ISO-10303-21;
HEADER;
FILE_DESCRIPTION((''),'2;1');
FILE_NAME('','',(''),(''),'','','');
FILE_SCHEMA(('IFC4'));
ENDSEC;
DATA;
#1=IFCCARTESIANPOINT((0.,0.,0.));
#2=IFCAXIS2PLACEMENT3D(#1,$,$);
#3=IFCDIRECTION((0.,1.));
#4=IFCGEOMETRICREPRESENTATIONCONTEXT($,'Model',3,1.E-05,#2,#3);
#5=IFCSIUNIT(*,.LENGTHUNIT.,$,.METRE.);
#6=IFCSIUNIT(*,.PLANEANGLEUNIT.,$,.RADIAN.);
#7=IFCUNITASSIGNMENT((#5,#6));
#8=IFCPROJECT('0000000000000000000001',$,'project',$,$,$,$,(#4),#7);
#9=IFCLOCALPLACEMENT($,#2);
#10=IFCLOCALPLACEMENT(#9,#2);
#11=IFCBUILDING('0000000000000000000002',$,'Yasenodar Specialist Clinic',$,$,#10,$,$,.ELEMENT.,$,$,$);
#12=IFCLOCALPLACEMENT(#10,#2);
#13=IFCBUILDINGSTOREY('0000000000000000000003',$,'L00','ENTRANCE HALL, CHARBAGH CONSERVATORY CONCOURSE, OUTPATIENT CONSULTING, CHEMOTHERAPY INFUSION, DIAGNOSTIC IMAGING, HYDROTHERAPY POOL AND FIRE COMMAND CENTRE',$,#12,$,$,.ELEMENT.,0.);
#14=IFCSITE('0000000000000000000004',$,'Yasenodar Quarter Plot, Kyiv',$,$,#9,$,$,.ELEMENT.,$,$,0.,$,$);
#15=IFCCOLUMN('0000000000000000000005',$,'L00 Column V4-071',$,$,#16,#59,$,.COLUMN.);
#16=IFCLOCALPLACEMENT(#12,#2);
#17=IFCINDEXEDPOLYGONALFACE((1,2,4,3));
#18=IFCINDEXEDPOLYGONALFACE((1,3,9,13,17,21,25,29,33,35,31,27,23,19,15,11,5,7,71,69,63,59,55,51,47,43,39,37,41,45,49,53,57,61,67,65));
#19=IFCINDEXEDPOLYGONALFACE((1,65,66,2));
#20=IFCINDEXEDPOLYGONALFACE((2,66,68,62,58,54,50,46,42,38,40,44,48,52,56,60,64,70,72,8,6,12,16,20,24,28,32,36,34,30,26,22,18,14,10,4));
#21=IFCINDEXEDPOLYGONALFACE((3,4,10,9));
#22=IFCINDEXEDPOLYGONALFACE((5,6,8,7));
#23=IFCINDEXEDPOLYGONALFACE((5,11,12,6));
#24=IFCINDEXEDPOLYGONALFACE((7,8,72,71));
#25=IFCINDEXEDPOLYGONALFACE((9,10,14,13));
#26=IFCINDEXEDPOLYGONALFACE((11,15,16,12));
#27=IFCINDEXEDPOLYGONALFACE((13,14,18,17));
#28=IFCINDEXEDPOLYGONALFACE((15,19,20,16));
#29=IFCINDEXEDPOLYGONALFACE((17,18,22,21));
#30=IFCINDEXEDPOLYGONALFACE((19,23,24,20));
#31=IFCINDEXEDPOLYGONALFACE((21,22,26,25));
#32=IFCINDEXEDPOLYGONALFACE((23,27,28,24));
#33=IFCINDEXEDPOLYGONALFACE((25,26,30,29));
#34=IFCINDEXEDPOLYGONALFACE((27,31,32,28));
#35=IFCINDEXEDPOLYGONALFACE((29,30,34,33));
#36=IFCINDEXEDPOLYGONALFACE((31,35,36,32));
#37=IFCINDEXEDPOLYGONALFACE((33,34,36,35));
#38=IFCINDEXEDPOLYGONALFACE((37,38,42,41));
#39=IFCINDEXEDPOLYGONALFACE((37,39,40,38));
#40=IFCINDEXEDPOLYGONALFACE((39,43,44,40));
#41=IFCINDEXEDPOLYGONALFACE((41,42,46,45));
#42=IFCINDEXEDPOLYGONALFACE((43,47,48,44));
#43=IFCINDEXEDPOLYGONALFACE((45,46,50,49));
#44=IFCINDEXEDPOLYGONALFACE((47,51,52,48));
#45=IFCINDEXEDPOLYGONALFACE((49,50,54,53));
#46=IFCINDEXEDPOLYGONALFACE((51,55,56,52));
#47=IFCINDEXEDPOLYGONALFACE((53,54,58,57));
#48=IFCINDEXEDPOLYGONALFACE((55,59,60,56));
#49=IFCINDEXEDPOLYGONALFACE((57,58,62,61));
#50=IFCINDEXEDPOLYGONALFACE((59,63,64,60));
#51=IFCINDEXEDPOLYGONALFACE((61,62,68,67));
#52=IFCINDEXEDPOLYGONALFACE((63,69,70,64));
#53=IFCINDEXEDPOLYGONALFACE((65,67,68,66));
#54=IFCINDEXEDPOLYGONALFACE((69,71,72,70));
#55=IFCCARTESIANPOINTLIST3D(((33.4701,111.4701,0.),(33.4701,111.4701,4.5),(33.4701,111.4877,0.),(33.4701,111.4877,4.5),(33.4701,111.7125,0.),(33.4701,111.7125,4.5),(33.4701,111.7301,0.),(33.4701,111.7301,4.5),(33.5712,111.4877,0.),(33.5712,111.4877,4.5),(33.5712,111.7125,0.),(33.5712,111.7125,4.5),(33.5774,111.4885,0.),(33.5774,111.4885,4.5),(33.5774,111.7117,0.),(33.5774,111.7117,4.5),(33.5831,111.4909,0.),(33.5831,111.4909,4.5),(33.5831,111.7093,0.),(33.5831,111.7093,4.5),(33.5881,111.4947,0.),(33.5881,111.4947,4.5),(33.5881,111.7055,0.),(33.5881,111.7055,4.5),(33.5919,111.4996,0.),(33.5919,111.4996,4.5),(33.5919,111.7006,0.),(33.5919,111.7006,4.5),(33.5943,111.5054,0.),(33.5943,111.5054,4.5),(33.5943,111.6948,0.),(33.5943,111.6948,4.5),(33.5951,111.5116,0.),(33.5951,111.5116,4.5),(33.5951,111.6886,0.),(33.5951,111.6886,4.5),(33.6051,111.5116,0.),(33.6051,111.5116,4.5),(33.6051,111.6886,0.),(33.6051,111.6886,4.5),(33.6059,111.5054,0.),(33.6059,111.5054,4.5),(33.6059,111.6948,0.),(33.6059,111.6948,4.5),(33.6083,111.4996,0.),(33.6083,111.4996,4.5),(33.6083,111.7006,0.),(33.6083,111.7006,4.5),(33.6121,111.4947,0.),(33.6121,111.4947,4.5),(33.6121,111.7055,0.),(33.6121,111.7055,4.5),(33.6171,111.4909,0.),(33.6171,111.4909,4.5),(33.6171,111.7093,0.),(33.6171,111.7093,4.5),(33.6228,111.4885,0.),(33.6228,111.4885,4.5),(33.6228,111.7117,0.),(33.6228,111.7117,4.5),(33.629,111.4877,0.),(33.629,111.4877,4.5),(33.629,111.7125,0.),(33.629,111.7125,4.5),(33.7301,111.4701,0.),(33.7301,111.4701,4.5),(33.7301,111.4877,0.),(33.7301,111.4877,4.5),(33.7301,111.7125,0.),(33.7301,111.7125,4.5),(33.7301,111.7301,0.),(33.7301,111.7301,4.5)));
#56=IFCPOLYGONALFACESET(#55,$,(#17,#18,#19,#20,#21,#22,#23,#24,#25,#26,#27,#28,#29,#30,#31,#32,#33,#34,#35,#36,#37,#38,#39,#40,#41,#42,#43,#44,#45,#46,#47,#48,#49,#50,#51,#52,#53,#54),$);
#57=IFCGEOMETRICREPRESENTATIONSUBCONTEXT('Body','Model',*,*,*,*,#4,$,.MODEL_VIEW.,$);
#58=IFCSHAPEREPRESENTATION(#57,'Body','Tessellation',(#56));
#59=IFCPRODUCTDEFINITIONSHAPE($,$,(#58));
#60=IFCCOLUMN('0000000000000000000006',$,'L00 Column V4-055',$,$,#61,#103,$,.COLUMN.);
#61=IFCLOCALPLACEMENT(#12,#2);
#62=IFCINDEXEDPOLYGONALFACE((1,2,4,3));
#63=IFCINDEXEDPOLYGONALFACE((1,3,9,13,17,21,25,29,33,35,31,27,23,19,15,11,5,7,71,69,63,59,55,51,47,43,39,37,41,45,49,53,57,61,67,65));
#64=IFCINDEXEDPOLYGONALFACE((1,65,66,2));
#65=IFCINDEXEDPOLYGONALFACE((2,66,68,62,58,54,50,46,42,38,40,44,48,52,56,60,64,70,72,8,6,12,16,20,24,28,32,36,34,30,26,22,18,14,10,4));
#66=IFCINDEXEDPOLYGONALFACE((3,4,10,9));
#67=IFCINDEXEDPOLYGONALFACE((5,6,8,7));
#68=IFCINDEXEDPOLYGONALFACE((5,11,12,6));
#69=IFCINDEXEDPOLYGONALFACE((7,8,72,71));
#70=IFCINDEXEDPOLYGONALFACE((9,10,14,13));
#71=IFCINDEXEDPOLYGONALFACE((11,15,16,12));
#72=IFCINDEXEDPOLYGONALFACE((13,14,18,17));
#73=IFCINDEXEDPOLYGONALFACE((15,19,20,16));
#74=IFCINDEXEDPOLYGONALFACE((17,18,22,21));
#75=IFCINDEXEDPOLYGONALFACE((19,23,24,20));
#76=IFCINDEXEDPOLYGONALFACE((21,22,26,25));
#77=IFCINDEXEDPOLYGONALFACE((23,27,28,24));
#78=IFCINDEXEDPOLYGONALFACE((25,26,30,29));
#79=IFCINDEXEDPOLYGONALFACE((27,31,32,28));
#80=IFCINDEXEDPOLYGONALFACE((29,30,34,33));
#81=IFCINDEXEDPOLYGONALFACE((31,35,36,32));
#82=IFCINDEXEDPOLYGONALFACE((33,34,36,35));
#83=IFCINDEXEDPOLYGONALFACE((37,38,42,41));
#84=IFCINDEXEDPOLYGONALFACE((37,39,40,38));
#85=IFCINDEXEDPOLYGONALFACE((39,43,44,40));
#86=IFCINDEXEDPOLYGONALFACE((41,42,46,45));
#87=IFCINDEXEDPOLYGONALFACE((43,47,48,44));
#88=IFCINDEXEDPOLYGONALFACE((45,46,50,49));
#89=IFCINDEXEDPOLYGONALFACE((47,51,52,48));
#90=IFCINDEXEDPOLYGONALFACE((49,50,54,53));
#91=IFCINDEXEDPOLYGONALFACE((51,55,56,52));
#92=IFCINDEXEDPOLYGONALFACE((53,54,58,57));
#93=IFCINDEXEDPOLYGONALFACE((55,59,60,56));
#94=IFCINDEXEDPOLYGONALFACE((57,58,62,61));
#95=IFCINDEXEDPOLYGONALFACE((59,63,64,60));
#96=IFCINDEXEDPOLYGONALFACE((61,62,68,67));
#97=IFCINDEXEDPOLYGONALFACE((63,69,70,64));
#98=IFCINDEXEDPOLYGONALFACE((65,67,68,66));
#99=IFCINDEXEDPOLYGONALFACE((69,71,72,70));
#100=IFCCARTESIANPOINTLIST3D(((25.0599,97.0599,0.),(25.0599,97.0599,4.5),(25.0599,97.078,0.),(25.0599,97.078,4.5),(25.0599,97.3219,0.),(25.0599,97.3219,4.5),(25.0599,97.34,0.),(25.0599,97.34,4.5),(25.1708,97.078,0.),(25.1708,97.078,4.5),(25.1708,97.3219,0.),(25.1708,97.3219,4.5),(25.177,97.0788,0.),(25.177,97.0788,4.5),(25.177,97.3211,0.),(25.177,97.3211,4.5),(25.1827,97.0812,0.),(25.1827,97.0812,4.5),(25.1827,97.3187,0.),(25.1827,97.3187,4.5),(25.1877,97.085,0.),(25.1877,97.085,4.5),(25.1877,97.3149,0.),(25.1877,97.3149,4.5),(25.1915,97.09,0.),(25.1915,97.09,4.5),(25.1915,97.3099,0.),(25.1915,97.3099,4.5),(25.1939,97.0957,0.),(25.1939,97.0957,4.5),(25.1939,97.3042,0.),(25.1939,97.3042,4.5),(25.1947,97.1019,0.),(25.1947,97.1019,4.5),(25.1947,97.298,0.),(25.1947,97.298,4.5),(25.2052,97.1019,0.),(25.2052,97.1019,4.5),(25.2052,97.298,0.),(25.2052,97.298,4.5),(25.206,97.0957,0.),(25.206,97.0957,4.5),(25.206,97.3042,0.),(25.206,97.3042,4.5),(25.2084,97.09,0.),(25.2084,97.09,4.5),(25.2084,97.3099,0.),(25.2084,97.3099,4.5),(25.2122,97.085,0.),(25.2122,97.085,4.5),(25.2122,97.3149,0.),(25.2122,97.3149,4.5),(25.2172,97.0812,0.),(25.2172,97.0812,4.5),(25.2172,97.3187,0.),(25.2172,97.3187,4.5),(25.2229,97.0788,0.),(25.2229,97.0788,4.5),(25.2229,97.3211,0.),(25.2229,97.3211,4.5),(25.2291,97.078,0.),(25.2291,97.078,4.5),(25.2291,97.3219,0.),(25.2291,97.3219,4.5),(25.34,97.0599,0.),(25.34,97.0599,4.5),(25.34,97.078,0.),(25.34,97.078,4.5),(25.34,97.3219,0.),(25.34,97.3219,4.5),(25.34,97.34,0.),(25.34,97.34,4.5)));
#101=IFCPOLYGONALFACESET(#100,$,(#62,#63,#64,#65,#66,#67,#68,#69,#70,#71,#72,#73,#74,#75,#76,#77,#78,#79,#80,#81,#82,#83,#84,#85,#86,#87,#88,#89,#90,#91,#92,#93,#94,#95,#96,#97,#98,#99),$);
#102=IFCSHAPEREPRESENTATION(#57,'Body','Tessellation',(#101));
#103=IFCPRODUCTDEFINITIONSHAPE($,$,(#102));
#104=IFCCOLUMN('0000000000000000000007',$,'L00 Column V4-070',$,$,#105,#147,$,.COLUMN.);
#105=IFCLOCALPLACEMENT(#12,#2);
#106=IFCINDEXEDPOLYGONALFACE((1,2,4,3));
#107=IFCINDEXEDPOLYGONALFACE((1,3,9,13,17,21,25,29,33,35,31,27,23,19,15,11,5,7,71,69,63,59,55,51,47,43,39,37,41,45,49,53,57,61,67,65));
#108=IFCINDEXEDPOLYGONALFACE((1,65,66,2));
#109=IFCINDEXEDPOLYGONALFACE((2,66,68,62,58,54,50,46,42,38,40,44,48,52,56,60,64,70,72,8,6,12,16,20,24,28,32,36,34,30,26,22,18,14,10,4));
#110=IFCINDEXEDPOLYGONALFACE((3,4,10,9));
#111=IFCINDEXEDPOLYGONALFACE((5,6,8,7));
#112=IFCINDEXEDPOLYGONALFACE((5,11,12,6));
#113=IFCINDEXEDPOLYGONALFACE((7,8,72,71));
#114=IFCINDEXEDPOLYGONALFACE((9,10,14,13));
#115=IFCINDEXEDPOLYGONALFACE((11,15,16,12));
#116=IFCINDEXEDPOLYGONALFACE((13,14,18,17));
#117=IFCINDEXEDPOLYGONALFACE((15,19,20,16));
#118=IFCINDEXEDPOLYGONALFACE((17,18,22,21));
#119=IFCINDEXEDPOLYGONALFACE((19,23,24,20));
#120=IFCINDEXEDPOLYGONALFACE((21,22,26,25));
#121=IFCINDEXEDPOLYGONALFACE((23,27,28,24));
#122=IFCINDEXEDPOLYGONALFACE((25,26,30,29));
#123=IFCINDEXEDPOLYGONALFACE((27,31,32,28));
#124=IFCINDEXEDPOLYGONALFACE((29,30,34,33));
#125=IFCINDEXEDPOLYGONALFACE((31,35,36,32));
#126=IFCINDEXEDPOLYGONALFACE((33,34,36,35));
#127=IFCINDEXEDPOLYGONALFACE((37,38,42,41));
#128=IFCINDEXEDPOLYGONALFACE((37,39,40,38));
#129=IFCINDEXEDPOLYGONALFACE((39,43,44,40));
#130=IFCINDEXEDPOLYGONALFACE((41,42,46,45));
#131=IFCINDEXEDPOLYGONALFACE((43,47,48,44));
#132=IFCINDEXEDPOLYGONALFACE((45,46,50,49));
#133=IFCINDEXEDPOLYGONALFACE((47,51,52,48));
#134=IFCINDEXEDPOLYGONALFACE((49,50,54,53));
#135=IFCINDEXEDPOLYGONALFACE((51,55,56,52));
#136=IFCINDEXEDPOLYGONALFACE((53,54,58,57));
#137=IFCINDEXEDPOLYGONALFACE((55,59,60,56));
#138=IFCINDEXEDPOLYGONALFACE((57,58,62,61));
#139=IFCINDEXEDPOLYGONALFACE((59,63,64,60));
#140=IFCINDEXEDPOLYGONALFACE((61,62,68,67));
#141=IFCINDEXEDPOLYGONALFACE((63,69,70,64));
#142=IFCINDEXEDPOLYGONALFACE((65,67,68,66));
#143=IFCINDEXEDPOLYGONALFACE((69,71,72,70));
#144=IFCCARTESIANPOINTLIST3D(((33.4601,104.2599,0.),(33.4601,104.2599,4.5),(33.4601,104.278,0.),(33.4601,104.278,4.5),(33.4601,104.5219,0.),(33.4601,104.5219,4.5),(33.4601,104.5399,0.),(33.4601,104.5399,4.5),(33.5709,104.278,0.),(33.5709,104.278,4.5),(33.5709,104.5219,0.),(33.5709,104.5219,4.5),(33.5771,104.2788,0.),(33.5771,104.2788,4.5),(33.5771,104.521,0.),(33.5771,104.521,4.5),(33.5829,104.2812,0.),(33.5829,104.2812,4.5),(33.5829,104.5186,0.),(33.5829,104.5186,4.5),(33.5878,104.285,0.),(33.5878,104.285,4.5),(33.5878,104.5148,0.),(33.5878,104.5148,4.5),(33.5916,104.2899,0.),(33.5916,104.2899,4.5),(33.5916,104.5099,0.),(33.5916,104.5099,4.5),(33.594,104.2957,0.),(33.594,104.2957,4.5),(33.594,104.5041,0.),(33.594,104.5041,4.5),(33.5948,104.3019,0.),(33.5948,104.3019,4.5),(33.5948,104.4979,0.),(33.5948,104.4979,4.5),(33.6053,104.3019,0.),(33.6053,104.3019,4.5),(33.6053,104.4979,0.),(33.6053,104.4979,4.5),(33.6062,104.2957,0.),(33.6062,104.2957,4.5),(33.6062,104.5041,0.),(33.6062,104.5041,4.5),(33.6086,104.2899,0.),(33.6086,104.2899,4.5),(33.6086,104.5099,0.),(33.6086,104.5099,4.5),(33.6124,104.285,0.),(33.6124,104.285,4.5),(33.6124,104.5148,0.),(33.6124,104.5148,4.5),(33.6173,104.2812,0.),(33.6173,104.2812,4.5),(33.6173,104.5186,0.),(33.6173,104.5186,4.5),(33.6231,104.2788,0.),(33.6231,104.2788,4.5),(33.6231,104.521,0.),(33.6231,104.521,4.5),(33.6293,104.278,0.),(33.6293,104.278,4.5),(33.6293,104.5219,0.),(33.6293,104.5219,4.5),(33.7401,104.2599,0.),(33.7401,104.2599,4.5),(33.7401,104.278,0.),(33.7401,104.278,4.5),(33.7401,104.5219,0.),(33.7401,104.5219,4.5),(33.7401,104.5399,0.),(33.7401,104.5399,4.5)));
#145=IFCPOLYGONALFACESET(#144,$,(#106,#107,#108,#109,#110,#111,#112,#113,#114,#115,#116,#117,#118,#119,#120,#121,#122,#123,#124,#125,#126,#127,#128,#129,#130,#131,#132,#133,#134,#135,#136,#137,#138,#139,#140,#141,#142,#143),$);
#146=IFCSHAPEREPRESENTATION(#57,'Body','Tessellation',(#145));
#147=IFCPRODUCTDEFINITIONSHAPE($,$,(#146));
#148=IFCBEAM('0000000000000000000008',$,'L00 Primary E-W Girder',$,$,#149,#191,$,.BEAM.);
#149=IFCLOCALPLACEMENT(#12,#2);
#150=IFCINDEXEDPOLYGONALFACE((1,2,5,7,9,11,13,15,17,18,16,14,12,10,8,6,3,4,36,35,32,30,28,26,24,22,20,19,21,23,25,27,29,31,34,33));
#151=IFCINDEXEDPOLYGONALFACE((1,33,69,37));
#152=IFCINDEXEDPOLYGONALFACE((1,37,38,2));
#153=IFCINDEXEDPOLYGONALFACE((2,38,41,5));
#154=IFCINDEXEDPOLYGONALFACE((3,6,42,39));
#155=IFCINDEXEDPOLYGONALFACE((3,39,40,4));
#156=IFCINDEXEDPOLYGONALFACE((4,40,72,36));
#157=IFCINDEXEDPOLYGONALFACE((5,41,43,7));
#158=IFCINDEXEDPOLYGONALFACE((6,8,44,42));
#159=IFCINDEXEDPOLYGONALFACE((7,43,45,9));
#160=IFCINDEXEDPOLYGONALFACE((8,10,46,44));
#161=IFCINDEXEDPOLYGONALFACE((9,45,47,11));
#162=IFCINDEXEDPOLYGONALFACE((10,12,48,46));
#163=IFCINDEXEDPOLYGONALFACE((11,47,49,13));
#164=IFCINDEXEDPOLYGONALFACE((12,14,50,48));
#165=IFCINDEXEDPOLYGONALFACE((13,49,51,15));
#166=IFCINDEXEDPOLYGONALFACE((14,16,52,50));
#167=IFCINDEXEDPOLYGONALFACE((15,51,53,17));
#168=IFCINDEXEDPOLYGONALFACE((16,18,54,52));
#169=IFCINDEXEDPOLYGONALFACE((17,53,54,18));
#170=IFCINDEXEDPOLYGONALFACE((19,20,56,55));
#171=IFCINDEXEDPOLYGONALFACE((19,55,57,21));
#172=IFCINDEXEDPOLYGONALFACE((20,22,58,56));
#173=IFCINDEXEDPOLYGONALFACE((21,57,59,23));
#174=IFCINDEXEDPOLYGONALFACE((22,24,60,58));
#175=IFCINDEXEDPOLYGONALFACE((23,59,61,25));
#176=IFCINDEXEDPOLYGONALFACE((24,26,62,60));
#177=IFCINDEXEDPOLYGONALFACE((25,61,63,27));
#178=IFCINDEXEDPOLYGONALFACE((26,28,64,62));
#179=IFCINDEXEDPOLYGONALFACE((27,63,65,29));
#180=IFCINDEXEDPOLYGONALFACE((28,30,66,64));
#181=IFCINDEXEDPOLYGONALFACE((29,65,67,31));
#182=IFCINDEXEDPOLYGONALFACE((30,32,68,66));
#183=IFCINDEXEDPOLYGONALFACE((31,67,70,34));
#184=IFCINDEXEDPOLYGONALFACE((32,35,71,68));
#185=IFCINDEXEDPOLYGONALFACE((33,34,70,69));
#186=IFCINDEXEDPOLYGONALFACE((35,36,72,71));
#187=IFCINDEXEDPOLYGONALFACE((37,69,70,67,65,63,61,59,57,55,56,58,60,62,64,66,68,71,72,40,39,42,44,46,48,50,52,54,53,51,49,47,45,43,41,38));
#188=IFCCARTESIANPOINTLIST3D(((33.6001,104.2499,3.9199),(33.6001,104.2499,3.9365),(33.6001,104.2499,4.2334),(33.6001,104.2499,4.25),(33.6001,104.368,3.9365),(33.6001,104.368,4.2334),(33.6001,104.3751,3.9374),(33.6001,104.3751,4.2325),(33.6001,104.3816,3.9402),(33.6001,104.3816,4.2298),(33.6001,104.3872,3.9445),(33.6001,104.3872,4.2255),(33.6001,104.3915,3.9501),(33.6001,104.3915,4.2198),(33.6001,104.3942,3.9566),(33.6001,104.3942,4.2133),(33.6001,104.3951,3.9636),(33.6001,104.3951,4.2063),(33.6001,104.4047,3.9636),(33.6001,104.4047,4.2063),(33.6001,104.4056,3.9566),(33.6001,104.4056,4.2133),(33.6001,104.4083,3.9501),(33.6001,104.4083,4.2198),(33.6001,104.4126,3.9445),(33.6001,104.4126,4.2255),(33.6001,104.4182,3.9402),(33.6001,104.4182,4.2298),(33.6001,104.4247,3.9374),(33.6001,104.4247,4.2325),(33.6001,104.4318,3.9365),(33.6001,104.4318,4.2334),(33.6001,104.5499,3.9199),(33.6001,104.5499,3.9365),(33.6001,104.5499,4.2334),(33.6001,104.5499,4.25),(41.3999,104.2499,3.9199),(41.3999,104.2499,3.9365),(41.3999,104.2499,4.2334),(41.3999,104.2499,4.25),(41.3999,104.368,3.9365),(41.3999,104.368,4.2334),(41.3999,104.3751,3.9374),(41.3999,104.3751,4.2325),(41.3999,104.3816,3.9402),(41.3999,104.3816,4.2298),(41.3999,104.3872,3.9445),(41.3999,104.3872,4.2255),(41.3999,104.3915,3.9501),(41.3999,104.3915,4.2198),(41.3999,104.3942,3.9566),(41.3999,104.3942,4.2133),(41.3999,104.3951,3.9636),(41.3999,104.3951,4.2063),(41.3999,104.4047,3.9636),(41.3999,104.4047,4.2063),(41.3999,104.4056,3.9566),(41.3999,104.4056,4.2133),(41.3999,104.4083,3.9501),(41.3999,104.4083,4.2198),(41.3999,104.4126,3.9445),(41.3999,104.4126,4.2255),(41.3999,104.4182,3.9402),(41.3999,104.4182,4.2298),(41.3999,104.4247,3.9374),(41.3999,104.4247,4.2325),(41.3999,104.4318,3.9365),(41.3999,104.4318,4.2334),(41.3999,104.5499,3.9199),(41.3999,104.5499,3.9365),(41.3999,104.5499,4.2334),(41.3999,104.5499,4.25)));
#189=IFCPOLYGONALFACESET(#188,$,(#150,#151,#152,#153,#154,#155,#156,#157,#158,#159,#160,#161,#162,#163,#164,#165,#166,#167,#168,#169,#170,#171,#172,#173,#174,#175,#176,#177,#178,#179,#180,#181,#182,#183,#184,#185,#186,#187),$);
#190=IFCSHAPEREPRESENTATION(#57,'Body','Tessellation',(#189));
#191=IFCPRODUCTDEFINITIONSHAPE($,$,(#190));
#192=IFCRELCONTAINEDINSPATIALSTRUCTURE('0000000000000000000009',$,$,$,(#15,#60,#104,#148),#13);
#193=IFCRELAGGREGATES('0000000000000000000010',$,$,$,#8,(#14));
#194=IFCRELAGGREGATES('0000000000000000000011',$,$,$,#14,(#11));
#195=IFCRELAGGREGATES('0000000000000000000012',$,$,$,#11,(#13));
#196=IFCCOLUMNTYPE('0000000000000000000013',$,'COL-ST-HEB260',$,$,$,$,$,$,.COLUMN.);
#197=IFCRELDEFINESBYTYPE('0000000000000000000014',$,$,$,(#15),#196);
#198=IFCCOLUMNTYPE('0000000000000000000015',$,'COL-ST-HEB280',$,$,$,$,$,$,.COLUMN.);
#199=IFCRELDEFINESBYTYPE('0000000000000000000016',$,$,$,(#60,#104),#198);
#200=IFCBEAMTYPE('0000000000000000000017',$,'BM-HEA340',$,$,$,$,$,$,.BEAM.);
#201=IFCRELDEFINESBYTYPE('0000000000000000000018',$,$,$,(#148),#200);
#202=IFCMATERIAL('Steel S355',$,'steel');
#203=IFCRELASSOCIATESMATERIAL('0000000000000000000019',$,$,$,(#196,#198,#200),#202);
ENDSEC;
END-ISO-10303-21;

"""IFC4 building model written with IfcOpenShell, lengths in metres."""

from ifc_helpers import new_model, si_unit, direction, frame, origin, origin_2d, place, context, subcontext, project, spatial, i_section, extrude, material, material_profile, profile_set, type_object, element, save


model = new_model("IFC4")

# Units and contexts
model_context = context("Model", 3, precision=1e-05, world=origin(), true_north=direction((0.0, 1.0)))
body_context = subcontext(model_context, "Body", "Model", "MODEL_VIEW")
ifc_project = project(units=[si_unit("LENGTHUNIT", "METRE"), si_unit("PLANEANGLEUNIT", "RADIAN")], contexts=[model_context])

# Site, building, storey
site_placement = place(None, origin())
site = spatial("IfcSite", under=ifc_project, at=site_placement, Name="Yasenodar Quarter Plot, Kyiv", CompositionType="ELEMENT", RefElevation=0.0)
building_placement = place(site_placement, origin())
building = spatial("IfcBuilding", under=site, at=building_placement, Name="Yasenodar Specialist Clinic", CompositionType="ELEMENT")
storey_placement = place(building_placement, origin())
storey = spatial("IfcBuildingStorey", under=building, at=storey_placement, Name="L00", Description="ENTRANCE HALL, CHARBAGH CONSERVATORY CONCOURSE, OUTPATIENT CONSULTING, CHEMOTHERAPY INFUSION, DIAGNOSTIC IMAGING, HYDROTHERAPY POOL AND FIRE COMMAND CENTRE", CompositionType="ELEMENT", Elevation=0.0)

# Columns
ifc_material_1 = material(Name="Steel S355", Category="steel")
ifc_material_profile_1 = material_profile(ifc_material_1, i_section(OverallWidth=0.26, OverallDepth=0.26, WebThickness=0.01, FlangeThickness=0.0176, FilletRadius=0.0239, at=origin_2d()), Name="HEB 260")
ifc_profile_set_1 = profile_set([ifc_material_profile_1], Name="Steel S355")
column_type_1 = type_object("IfcColumnType", Name="COL-ST-HEB260", PredefinedType="COLUMN", material=ifc_profile_set_1)
for number, where, z_axis, x_axis, name in (
    (1, (33.6001, 111.6001, 0.0), (0.0, 0.0, 1.0), (1.0, 0.0, 0.0), "L00 Column V4-071"),
):
    element("IfcColumn", number, at=place(storey_placement, frame(where, z_axis=z_axis, x_axis=x_axis)), inside=storey, type_object=column_type_1, Name=name, PredefinedType="COLUMN", context=body_context, shape_type="SweptSolid", body=[
        extrude(i_section(OverallWidth=0.26, OverallDepth=0.26, WebThickness=0.01, FlangeThickness=0.0176, FilletRadius=0.0239, at=origin_2d()), origin(), (0.0, 0.0, 1.0), 4.5),
    ])
ifc_material_profile_2 = material_profile(ifc_material_1, i_section(OverallWidth=0.28, OverallDepth=0.28, WebThickness=0.0105, FlangeThickness=0.0181, FilletRadius=0.0239, at=origin_2d()), Name="HEB 280")
ifc_profile_set_2 = profile_set([ifc_material_profile_2], Name="Steel S355")
column_type_2 = type_object("IfcColumnType", Name="COL-ST-HEB280", PredefinedType="COLUMN", material=ifc_profile_set_2)
for number, where, z_axis, x_axis, name in (
    (2, (25.2, 97.2, 0.0), (0.0, 0.0, 1.0), (1.0, 0.0, 0.0), "L00 Column V4-055"),
    (3, (33.6001, 104.3999, 0.0), (0.0, 0.0, 1.0), (1.0, 0.0, 0.0), "L00 Column V4-070"),
):
    element("IfcColumn", number, at=place(storey_placement, frame(where, z_axis=z_axis, x_axis=x_axis)), inside=storey, type_object=column_type_2, Name=name, PredefinedType="COLUMN", context=body_context, shape_type="SweptSolid", body=[
        extrude(i_section(OverallWidth=0.28, OverallDepth=0.28, WebThickness=0.0105, FlangeThickness=0.0181, FilletRadius=0.0239, at=origin_2d()), origin(), (0.0, 0.0, 1.0), 4.5),
    ])

# Beam
ifc_material_profile_3 = material_profile(ifc_material_1, i_section(OverallWidth=0.3, OverallDepth=0.3301, WebThickness=0.0095, FlangeThickness=0.0166, FilletRadius=0.0271, at=origin_2d()), Name="HEA 340")
ifc_profile_set_3 = profile_set([ifc_material_profile_3], Name="Steel S355")
beam_type_1 = type_object("IfcBeamType", Name="BM-HEA340", PredefinedType="BEAM", material=ifc_profile_set_3)
beam_1_placement = place(storey_placement, frame((33.6001, 104.3999, 4.085), z_axis=(1.0, 0.0, 0.0), x_axis=(0.0, 1.0, 0.0)))
element("IfcBeam", 4, at=beam_1_placement, inside=storey, type_object=beam_type_1, Name="L00 Primary E-W Girder", PredefinedType="BEAM", context=body_context, shape_type="SweptSolid", body=[
    extrude(i_section(OverallWidth=0.3, OverallDepth=0.3301, WebThickness=0.0095, FlangeThickness=0.0166, FilletRadius=0.0271, at=origin_2d()), origin(), (0.0, 0.0, 1.0), 7.7998),
])

save(model, "model.ifc")
